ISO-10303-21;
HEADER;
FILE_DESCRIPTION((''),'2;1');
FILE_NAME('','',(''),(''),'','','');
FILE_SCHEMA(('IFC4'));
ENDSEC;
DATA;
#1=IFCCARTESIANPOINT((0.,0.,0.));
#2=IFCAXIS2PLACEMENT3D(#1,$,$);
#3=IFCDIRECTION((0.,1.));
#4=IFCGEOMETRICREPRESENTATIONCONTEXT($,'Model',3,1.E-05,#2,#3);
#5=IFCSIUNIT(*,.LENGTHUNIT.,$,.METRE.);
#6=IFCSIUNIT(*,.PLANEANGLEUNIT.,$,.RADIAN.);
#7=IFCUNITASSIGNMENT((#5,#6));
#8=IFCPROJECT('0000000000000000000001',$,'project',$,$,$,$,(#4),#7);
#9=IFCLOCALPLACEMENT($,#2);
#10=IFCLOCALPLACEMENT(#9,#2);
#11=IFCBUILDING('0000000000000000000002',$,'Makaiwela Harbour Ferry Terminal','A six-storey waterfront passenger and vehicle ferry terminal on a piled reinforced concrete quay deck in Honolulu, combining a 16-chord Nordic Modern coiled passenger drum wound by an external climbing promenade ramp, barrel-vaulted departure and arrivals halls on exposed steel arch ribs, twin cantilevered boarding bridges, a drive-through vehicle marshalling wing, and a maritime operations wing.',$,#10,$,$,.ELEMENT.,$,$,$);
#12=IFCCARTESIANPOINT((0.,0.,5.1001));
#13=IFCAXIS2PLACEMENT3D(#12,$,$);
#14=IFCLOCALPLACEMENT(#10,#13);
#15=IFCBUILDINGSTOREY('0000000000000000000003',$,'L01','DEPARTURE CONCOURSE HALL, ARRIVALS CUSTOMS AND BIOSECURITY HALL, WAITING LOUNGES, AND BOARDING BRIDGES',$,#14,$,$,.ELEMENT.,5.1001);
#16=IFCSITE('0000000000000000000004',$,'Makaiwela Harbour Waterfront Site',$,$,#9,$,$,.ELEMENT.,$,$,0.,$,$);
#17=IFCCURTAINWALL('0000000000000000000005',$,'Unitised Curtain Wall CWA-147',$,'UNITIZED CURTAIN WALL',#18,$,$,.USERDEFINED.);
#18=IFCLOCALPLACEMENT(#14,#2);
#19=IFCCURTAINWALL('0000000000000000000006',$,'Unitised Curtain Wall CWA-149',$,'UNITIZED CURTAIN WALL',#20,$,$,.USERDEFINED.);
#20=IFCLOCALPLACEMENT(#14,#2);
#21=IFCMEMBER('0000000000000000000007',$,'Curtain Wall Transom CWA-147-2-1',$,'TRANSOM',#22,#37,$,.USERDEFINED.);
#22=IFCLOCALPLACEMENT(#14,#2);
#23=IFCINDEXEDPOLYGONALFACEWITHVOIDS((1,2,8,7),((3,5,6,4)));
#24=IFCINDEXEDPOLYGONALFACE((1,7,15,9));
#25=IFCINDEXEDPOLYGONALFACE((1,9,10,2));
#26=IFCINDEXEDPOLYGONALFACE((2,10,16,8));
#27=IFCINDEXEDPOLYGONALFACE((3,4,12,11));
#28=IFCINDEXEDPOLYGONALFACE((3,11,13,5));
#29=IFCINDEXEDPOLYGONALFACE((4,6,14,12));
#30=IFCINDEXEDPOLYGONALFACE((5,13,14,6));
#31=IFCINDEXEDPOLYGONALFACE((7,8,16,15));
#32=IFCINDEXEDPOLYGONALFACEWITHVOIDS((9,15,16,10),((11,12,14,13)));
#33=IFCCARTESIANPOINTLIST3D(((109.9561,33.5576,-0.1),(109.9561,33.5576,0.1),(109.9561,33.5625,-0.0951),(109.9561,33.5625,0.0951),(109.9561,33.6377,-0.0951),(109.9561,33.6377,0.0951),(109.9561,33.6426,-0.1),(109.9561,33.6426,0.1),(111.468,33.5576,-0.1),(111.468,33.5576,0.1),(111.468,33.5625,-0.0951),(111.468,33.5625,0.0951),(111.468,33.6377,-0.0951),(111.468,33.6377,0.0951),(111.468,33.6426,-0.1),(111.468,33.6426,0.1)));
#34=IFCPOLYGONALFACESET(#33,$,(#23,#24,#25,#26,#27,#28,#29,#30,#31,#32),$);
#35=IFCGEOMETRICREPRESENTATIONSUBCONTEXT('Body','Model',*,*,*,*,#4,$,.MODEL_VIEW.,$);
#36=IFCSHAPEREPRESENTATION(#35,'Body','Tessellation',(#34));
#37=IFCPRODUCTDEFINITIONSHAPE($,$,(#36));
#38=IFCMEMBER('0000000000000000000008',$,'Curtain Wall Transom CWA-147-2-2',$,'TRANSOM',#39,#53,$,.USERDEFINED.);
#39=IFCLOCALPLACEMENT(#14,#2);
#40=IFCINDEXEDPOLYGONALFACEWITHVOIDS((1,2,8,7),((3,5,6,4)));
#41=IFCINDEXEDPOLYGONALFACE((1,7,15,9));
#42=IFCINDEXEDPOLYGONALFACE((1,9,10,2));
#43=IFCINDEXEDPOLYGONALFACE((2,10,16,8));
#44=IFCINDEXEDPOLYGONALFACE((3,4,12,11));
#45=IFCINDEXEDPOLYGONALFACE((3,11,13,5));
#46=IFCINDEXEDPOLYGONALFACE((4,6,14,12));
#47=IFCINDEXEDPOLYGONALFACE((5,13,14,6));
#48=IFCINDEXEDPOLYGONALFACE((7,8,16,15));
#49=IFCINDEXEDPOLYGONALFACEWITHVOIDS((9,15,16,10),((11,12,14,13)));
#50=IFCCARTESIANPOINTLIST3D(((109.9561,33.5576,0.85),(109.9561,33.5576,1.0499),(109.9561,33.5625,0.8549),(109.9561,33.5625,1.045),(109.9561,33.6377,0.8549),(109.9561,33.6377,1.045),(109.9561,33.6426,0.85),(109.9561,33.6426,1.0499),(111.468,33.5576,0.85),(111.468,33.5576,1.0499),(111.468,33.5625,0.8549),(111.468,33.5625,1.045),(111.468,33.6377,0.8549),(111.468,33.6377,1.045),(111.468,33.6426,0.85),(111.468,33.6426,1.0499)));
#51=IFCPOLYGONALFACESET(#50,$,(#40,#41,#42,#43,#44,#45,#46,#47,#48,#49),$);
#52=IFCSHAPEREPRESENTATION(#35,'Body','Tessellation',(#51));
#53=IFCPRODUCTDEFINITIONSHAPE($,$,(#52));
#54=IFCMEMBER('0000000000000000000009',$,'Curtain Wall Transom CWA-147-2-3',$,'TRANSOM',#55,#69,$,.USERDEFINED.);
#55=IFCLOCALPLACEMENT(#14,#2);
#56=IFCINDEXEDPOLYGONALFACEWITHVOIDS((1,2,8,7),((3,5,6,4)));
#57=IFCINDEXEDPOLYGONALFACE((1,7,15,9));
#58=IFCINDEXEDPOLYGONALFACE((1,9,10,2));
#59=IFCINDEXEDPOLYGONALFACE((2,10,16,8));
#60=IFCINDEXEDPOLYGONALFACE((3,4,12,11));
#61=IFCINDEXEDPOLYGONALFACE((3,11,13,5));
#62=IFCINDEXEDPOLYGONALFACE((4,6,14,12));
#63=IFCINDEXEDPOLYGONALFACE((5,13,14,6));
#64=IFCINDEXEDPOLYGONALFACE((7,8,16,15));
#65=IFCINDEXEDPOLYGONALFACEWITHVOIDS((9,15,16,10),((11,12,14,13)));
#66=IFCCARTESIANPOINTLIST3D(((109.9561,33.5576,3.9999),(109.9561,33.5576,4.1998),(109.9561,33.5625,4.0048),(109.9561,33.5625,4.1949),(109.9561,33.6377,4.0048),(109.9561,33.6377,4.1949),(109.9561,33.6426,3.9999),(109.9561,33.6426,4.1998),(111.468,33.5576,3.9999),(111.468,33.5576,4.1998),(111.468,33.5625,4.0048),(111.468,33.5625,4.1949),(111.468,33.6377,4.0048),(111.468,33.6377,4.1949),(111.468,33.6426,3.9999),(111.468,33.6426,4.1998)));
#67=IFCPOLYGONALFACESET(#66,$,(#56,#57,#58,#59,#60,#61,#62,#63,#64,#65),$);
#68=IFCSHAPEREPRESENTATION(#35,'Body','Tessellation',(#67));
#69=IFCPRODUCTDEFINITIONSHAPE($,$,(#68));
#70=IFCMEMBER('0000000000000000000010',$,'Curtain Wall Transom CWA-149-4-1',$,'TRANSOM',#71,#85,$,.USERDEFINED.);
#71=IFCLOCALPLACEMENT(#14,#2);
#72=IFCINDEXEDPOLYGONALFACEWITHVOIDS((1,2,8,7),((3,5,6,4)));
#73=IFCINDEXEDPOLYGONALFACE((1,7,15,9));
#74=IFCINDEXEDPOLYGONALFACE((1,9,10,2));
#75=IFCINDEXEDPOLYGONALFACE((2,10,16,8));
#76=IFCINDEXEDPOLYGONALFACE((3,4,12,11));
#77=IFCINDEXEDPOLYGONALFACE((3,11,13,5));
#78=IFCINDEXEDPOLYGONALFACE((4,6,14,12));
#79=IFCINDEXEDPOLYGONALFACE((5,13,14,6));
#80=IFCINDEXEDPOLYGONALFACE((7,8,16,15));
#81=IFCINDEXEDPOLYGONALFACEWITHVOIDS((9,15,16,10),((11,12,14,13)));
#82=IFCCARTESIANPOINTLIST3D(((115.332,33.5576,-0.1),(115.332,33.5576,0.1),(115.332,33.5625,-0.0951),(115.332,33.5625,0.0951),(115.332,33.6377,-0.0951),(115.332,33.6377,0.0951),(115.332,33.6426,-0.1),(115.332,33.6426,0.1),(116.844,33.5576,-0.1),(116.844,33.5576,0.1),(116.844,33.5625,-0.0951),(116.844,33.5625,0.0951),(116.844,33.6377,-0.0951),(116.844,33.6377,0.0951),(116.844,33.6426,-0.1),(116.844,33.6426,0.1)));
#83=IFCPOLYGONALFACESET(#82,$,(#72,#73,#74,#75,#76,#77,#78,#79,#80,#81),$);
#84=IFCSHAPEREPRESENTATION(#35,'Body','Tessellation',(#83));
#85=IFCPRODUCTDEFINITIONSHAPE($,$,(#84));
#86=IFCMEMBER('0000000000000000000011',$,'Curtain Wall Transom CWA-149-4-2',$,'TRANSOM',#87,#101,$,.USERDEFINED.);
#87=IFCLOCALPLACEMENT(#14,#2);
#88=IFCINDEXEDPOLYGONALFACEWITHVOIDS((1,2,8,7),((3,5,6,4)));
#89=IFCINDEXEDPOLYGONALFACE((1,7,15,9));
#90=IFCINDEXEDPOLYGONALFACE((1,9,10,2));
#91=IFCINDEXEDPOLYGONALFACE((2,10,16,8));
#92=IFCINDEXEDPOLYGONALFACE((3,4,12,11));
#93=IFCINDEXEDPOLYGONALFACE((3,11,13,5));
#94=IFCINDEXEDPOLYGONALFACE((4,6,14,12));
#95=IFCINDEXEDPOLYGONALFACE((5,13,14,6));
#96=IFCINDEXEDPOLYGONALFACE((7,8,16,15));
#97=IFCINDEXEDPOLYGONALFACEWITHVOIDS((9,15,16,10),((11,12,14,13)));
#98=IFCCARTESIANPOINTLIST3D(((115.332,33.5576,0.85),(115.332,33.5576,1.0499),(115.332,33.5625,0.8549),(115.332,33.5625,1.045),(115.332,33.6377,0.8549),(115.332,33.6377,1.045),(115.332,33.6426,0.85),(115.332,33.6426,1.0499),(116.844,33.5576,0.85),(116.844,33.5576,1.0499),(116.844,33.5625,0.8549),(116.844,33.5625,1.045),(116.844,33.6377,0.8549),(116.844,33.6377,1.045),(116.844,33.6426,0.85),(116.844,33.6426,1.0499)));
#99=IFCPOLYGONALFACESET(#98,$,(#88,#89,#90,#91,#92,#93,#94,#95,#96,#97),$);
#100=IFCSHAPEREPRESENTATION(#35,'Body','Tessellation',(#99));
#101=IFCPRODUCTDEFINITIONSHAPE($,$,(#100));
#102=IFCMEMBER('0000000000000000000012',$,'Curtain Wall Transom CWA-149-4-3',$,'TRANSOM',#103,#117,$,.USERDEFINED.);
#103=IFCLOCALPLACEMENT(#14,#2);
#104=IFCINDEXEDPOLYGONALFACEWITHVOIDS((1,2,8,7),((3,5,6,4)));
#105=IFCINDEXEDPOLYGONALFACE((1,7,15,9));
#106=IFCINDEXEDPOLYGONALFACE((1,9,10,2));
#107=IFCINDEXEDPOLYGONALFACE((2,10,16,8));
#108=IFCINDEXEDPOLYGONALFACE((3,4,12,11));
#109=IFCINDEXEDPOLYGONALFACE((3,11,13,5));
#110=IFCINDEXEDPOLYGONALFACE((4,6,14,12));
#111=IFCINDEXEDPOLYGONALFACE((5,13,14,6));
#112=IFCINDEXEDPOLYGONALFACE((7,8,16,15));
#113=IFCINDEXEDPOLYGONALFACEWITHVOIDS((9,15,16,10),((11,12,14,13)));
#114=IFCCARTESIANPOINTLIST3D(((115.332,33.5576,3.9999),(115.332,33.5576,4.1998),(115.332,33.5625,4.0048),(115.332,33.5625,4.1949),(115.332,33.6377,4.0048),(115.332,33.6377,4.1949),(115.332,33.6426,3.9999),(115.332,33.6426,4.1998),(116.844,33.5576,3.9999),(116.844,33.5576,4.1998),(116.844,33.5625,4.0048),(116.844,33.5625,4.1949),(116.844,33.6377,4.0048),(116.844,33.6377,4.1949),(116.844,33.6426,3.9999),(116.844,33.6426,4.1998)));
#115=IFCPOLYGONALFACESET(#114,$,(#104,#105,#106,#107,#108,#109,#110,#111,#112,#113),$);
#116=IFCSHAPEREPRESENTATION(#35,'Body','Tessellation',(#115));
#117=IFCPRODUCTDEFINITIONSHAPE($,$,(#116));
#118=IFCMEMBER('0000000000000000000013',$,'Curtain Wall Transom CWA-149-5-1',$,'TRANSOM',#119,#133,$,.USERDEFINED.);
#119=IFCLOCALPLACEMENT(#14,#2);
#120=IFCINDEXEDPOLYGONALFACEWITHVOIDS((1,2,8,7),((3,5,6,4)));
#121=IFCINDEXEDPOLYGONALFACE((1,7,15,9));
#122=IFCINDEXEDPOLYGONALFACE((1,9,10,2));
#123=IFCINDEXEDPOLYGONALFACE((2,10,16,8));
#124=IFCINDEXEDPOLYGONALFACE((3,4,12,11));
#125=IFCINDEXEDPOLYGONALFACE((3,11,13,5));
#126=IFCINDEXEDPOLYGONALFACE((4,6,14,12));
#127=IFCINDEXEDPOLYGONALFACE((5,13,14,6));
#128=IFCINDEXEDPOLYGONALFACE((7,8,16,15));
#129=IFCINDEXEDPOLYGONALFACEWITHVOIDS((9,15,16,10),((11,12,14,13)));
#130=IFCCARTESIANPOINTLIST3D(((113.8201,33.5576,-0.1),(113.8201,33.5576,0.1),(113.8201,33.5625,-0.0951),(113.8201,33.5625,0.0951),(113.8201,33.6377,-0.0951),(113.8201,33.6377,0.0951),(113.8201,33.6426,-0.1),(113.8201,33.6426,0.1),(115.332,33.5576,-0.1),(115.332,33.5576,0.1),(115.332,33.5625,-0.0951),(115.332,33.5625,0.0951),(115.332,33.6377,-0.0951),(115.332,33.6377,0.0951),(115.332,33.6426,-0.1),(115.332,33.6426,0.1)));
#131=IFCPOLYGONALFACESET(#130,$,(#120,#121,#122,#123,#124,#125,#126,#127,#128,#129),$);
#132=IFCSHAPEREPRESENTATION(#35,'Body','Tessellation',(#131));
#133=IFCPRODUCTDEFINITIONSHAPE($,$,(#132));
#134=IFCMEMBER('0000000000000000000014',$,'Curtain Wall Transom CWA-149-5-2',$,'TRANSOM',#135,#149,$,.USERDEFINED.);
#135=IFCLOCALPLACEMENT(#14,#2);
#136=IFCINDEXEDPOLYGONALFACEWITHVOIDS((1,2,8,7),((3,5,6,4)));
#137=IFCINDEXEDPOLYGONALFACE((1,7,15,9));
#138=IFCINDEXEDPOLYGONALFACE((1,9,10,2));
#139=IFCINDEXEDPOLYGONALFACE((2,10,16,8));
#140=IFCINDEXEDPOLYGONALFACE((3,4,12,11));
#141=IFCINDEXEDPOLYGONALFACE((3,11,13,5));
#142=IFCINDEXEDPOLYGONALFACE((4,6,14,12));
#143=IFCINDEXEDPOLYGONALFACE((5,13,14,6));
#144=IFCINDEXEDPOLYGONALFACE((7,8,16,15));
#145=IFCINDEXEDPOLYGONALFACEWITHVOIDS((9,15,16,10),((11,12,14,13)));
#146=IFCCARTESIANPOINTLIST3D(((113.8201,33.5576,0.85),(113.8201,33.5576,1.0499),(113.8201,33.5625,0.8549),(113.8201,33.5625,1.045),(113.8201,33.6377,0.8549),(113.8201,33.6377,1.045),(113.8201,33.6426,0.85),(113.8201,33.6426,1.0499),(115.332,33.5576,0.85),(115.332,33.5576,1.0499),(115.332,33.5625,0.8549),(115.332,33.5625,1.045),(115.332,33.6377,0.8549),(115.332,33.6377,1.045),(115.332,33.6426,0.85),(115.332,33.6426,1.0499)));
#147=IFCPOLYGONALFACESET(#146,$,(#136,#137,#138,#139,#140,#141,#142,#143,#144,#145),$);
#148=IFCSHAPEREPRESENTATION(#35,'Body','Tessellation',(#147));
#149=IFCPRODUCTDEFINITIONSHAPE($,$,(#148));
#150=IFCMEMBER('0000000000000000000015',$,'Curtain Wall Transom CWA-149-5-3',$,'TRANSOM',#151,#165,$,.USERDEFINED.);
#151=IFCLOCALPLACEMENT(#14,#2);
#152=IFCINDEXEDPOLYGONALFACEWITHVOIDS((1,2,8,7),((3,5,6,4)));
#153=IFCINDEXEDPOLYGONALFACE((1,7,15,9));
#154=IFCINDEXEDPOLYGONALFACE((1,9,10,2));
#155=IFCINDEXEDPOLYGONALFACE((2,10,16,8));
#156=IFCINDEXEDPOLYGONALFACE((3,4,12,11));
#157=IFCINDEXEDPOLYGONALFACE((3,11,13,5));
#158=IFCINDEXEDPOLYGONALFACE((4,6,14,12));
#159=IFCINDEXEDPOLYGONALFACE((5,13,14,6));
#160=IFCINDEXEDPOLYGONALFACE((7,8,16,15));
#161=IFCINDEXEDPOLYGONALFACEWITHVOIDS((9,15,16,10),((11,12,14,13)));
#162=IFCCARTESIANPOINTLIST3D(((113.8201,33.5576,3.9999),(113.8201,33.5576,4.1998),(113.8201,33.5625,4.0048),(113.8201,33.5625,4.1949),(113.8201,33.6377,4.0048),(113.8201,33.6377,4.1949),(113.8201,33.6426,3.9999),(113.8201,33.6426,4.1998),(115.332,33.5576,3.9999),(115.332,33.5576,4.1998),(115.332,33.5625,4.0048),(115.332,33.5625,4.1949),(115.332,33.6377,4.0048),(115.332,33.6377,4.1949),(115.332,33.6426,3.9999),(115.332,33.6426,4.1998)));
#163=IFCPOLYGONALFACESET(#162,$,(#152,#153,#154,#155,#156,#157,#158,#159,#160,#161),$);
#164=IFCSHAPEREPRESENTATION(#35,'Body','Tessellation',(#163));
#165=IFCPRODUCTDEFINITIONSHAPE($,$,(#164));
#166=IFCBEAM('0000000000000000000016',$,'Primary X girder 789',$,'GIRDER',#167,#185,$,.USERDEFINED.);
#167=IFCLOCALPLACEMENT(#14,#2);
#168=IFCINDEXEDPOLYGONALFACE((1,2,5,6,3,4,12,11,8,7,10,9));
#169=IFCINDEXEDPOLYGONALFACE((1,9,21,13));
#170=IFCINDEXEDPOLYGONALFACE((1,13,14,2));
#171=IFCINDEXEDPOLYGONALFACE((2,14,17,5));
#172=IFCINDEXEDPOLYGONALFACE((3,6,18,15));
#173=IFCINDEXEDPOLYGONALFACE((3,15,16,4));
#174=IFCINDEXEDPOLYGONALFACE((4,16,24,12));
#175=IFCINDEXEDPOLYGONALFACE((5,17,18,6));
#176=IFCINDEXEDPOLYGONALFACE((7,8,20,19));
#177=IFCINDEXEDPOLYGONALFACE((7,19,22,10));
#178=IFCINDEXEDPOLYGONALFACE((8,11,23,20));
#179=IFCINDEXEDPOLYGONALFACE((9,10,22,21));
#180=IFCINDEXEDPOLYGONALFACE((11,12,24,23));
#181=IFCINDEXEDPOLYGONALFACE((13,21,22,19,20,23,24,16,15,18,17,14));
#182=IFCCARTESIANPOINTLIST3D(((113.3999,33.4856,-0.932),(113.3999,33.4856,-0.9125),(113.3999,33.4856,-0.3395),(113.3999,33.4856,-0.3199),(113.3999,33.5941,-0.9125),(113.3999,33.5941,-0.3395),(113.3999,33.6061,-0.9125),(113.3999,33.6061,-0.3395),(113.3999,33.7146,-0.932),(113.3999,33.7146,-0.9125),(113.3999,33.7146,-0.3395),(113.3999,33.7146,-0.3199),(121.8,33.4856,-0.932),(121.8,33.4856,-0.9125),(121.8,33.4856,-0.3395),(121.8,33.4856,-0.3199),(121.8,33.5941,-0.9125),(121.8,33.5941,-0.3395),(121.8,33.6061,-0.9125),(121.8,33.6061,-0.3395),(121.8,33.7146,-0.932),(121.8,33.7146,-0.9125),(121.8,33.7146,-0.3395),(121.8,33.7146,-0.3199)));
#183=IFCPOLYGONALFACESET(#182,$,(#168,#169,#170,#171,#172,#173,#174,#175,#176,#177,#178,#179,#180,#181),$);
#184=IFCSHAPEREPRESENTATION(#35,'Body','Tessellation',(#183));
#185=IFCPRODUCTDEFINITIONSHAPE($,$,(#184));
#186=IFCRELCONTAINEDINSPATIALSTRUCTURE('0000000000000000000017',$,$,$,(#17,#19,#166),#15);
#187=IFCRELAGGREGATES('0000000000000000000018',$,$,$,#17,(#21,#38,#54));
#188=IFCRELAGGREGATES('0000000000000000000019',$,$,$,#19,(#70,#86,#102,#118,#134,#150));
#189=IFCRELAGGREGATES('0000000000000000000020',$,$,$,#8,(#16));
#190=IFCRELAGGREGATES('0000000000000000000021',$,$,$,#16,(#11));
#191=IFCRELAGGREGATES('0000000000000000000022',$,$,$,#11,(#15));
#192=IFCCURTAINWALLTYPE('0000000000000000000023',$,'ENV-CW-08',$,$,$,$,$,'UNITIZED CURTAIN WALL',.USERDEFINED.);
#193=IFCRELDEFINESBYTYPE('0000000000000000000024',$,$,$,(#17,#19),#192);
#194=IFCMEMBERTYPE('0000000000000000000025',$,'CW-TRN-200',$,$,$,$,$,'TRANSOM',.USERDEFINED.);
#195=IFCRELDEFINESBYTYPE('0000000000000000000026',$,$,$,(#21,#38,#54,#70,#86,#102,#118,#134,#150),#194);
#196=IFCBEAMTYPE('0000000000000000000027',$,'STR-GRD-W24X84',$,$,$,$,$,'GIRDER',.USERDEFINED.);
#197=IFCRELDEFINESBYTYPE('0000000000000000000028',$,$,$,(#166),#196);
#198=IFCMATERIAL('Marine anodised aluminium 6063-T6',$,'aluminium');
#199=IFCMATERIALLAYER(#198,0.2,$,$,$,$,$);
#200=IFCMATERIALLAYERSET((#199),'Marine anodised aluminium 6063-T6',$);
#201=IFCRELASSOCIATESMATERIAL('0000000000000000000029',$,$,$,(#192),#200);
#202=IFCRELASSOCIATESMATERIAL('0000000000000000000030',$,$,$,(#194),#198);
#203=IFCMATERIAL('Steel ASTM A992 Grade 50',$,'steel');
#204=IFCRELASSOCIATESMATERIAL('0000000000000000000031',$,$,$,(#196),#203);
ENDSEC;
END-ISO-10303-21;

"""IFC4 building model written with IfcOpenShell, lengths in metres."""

from ifc_helpers import new_model, si_unit, direction, frame, origin, origin_2d, place, context, subcontext, project, spatial, hollow_rectangle, i_section, extrude, material, layer, layer_set, material_profile, profile_set, type_object, element, aggregate, save


model = new_model("IFC4")

# Units and contexts
model_context = context("Model", 3, precision=1e-05, world=origin(), true_north=direction((0.0, 1.0)))
body_context = subcontext(model_context, "Body", "Model", "MODEL_VIEW")
ifc_project = project(units=[si_unit("LENGTHUNIT", "METRE"), si_unit("PLANEANGLEUNIT", "RADIAN")], contexts=[model_context])

# Site, building, storey
site_placement = place(None, origin())
site = spatial("IfcSite", under=ifc_project, at=site_placement, Name="Makaiwela Harbour Waterfront Site", CompositionType="ELEMENT", RefElevation=0.0)
building_placement = place(site_placement, origin())
building = spatial("IfcBuilding", under=site, at=building_placement, Name="Makaiwela Harbour Ferry Terminal", Description="A six-storey waterfront passenger and vehicle ferry terminal on a piled reinforced concrete quay deck in Honolulu, combining a 16-chord Nordic Modern coiled passenger drum wound by an external climbing promenade ramp, barrel-vaulted departure and arrivals halls on exposed steel arch ribs, twin cantilevered boarding bridges, a drive-through vehicle marshalling wing, and a maritime operations wing.", CompositionType="ELEMENT")
storey_placement = place(building_placement, frame((0.0, 0.0, 5.1001)))
storey = spatial("IfcBuildingStorey", under=building, at=storey_placement, Name="L01", Description="DEPARTURE CONCOURSE HALL, ARRIVALS CUSTOMS AND BIOSECURITY HALL, WAITING LOUNGES, AND BOARDING BRIDGES", CompositionType="ELEMENT", Elevation=5.1001)

# Curtain walls
ifc_material_1 = material(Name="Marine anodised aluminium 6063-T6", Category="aluminium")
ifc_layer_1 = layer(ifc_material_1, 0.2)
ifc_layer_set_1 = layer_set([ifc_layer_1], Name="Marine anodised aluminium 6063-T6")
curtain_wall_type = type_object("IfcCurtainWallType", Name="ENV-CW-08", ElementType="UNITIZED CURTAIN WALL", PredefinedType="USERDEFINED", material=ifc_layer_set_1)
curtain_wall_1_placement = place(storey_placement, origin())
curtain_wall_1 = element("IfcCurtainWall", 1, at=curtain_wall_1_placement, inside=storey, type_object=curtain_wall_type, Name="Unitised Curtain Wall CWA-147", ObjectType="UNITIZED CURTAIN WALL", PredefinedType="USERDEFINED")
curtain_wall_2_placement = place(storey_placement, origin())
curtain_wall_2 = element("IfcCurtainWall", 2, at=curtain_wall_2_placement, inside=storey, type_object=curtain_wall_type, Name="Unitised Curtain Wall CWA-149", ObjectType="UNITIZED CURTAIN WALL", PredefinedType="USERDEFINED")

# Members
ifc_material_profile_1 = material_profile(ifc_material_1, hollow_rectangle(XDim=0.085, YDim=0.2, WallThickness=0.0049, at=origin_2d()), Name="CWT-200X85")
ifc_profile_set_1 = profile_set([ifc_material_profile_1], Name="Marine anodised aluminium 6063-T6")
member_type_1 = type_object("IfcMemberType", Name="CW-TRN-200", ElementType="TRANSOM", PredefinedType="USERDEFINED", material=ifc_profile_set_1)
member_1_placement = place(storey_placement, frame((111.468, 33.6001, 0.0), z_axis=(-1.0, 0.0, 0.0), x_axis=(0.0, -1.0, 0.0)))
member_1 = element("IfcMember", 3, at=member_1_placement, type_object=member_type_1, Name="Curtain Wall Transom CWA-147-2-1", ObjectType="TRANSOM", PredefinedType="USERDEFINED", context=body_context, shape_type="SweptSolid", body=[
    extrude(hollow_rectangle(XDim=0.085, YDim=0.2, WallThickness=0.0049, at=origin_2d()), origin(), (0.0, 0.0, 1.0), 1.512),
])
member_2_placement = place(storey_placement, frame((111.468, 33.6001, 0.95), z_axis=(-1.0, 0.0, 0.0), x_axis=(0.0, -1.0, 0.0)))
member_2 = element("IfcMember", 4, at=member_2_placement, type_object=member_type_1, Name="Curtain Wall Transom CWA-147-2-2", ObjectType="TRANSOM", PredefinedType="USERDEFINED", context=body_context, shape_type="SweptSolid", body=[
    extrude(hollow_rectangle(XDim=0.085, YDim=0.2, WallThickness=0.0049, at=origin_2d()), origin(), (0.0, 0.0, 1.0), 1.512),
])
member_3_placement = place(storey_placement, frame((111.468, 33.6001, 4.0999), z_axis=(-1.0, 0.0, 0.0), x_axis=(0.0, -1.0, 0.0)))
member_3 = element("IfcMember", 5, at=member_3_placement, type_object=member_type_1, Name="Curtain Wall Transom CWA-147-2-3", ObjectType="TRANSOM", PredefinedType="USERDEFINED", context=body_context, shape_type="SweptSolid", body=[
    extrude(hollow_rectangle(XDim=0.085, YDim=0.2, WallThickness=0.0049, at=origin_2d()), origin(), (0.0, 0.0, 1.0), 1.512),
])
member_4_placement = place(storey_placement, frame((116.844, 33.6001, 0.0), z_axis=(-1.0, 0.0, 0.0), x_axis=(0.0, -1.0, 0.0)))
member_4 = element("IfcMember", 6, at=member_4_placement, type_object=member_type_1, Name="Curtain Wall Transom CWA-149-4-1", ObjectType="TRANSOM", PredefinedType="USERDEFINED", context=body_context, shape_type="SweptSolid", body=[
    extrude(hollow_rectangle(XDim=0.085, YDim=0.2, WallThickness=0.0049, at=origin_2d()), origin(), (0.0, 0.0, 1.0), 1.512),
])
member_5_placement = place(storey_placement, frame((116.844, 33.6001, 0.95), z_axis=(-1.0, 0.0, 0.0), x_axis=(0.0, -1.0, 0.0)))
member_5 = element("IfcMember", 7, at=member_5_placement, type_object=member_type_1, Name="Curtain Wall Transom CWA-149-4-2", ObjectType="TRANSOM", PredefinedType="USERDEFINED", context=body_context, shape_type="SweptSolid", body=[
    extrude(hollow_rectangle(XDim=0.085, YDim=0.2, WallThickness=0.0049, at=origin_2d()), origin(), (0.0, 0.0, 1.0), 1.512),
])
member_6_placement = place(storey_placement, frame((116.844, 33.6001, 4.0999), z_axis=(-1.0, 0.0, 0.0), x_axis=(0.0, -1.0, 0.0)))
member_6 = element("IfcMember", 8, at=member_6_placement, type_object=member_type_1, Name="Curtain Wall Transom CWA-149-4-3", ObjectType="TRANSOM", PredefinedType="USERDEFINED", context=body_context, shape_type="SweptSolid", body=[
    extrude(hollow_rectangle(XDim=0.085, YDim=0.2, WallThickness=0.0049, at=origin_2d()), origin(), (0.0, 0.0, 1.0), 1.512),
])
member_7_placement = place(storey_placement, frame((115.332, 33.6001, 0.0), z_axis=(-1.0, 0.0, 0.0), x_axis=(0.0, -1.0, 0.0)))
member_7 = element("IfcMember", 9, at=member_7_placement, type_object=member_type_1, Name="Curtain Wall Transom CWA-149-5-1", ObjectType="TRANSOM", PredefinedType="USERDEFINED", context=body_context, shape_type="SweptSolid", body=[
    extrude(hollow_rectangle(XDim=0.085, YDim=0.2, WallThickness=0.0049, at=origin_2d()), origin(), (0.0, 0.0, 1.0), 1.512),
])
member_8_placement = place(storey_placement, frame((115.332, 33.6001, 0.95), z_axis=(-1.0, 0.0, 0.0), x_axis=(0.0, -1.0, 0.0)))
member_8 = element("IfcMember", 10, at=member_8_placement, type_object=member_type_1, Name="Curtain Wall Transom CWA-149-5-2", ObjectType="TRANSOM", PredefinedType="USERDEFINED", context=body_context, shape_type="SweptSolid", body=[
    extrude(hollow_rectangle(XDim=0.085, YDim=0.2, WallThickness=0.0049, at=origin_2d()), origin(), (0.0, 0.0, 1.0), 1.512),
])
member_9_placement = place(storey_placement, frame((115.332, 33.6001, 4.0999), z_axis=(-1.0, 0.0, 0.0), x_axis=(0.0, -1.0, 0.0)))
member_9 = element("IfcMember", 11, at=member_9_placement, type_object=member_type_1, Name="Curtain Wall Transom CWA-149-5-3", ObjectType="TRANSOM", PredefinedType="USERDEFINED", context=body_context, shape_type="SweptSolid", body=[
    extrude(hollow_rectangle(XDim=0.085, YDim=0.2, WallThickness=0.0049, at=origin_2d()), origin(), (0.0, 0.0, 1.0), 1.512),
])

# Beam
ifc_material_2 = material(Name="Steel ASTM A992 Grade 50", Category="steel")
ifc_material_profile_2 = material_profile(ifc_material_2, i_section(OverallWidth=0.229, OverallDepth=0.6121, WebThickness=0.012, FlangeThickness=0.0195, at=origin_2d()), Name="W24X84")
ifc_profile_set_2 = profile_set([ifc_material_profile_2], Name="Steel ASTM A992 Grade 50")
beam_type = type_object("IfcBeamType", Name="STR-GRD-W24X84", ElementType="GIRDER", PredefinedType="USERDEFINED", material=ifc_profile_set_2)
beam_placement = place(storey_placement, frame((113.3999, 33.6001, -0.626), z_axis=(1.0, 0.0, 0.0), x_axis=(0.0, 1.0, 0.0)))
element("IfcBeam", 12, at=beam_placement, inside=storey, type_object=beam_type, Name="Primary X girder 789", ObjectType="GIRDER", PredefinedType="USERDEFINED", context=body_context, shape_type="SweptSolid", body=[
    extrude(i_section(OverallWidth=0.229, OverallDepth=0.6121, WebThickness=0.012, FlangeThickness=0.0195, at=origin_2d()), origin(), (0.0, 0.0, 1.0), 8.4001),
])

aggregate(curtain_wall_1, [member_1, member_2, member_3])
aggregate(curtain_wall_2, [member_4, member_5, member_6, member_7, member_8, member_9])

save(model, "model.ifc")
